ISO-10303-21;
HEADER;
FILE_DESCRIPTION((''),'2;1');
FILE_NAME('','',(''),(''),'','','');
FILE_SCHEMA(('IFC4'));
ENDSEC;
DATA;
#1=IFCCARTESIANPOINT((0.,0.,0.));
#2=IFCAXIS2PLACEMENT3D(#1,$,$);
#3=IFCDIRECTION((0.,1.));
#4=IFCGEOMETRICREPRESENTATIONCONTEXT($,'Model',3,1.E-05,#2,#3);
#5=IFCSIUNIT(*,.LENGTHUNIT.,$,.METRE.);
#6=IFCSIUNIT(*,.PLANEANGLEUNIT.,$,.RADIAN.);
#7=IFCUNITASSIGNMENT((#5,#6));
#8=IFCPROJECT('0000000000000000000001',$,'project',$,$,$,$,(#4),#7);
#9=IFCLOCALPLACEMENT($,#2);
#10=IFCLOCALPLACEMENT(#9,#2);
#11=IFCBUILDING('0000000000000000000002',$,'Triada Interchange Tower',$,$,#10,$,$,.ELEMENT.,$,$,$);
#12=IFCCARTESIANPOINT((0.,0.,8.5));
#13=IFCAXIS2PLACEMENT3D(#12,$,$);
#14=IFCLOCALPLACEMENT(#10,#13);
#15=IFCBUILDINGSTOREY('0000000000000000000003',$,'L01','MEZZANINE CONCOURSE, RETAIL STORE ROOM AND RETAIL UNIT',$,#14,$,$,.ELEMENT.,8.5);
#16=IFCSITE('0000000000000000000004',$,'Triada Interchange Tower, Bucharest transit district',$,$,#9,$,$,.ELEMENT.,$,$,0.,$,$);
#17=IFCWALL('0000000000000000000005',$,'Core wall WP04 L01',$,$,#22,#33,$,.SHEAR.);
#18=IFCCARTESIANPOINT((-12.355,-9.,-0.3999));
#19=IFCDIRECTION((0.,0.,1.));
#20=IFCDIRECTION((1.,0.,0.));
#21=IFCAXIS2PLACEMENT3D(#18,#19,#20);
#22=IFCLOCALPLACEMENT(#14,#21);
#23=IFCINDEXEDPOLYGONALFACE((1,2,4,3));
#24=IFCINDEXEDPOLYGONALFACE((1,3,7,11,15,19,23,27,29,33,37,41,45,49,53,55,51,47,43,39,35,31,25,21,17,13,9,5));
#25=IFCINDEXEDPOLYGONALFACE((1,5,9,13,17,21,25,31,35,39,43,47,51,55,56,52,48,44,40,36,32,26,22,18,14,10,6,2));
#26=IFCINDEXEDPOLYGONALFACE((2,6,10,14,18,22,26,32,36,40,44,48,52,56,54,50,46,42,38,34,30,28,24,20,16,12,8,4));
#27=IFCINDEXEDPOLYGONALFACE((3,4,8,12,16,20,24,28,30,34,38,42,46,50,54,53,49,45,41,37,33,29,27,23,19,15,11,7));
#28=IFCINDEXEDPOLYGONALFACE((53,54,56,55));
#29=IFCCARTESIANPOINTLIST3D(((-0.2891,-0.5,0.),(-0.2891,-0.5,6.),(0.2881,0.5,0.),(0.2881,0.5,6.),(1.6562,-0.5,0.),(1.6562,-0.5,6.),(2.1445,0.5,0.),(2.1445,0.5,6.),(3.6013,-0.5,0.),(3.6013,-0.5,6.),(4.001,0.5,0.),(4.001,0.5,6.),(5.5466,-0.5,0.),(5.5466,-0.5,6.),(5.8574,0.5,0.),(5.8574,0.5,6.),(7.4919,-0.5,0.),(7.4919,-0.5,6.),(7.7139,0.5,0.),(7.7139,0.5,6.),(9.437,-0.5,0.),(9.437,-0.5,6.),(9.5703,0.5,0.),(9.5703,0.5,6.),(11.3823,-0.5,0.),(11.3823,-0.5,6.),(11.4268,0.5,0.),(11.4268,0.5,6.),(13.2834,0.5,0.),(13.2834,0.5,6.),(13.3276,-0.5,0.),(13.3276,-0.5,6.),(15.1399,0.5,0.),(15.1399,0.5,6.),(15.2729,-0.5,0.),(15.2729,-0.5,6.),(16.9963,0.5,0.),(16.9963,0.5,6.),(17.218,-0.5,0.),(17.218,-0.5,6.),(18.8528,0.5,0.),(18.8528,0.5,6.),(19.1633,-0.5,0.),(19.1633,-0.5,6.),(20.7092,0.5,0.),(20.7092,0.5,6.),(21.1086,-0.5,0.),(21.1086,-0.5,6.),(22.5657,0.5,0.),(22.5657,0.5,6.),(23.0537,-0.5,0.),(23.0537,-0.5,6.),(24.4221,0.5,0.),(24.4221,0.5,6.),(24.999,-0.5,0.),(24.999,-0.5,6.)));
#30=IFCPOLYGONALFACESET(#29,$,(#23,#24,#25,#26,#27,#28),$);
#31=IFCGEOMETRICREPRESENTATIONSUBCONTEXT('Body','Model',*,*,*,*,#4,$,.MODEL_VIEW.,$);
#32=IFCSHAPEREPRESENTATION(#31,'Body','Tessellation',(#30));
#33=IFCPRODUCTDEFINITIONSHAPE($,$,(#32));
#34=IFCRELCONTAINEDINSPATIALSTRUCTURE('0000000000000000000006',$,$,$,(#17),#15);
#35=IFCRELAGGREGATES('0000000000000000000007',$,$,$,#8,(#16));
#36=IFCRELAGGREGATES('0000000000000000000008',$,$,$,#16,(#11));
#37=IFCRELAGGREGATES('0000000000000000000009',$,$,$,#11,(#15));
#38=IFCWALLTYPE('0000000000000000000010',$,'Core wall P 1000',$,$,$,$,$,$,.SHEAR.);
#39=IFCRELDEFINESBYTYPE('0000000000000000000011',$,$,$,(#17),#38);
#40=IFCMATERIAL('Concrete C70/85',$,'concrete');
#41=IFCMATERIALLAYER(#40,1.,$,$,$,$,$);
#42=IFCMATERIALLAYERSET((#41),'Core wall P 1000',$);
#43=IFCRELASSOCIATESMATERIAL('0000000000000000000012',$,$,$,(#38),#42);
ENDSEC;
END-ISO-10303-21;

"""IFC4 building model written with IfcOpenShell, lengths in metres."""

from ifc_helpers import new_model, si_unit, direction, frame, origin, place, context, subcontext, project, spatial, polyline, outline, extrude, material, layer, layer_set, type_object, element, save


model = new_model("IFC4")

# Units and contexts
model_context = context("Model", 3, precision=1e-05, world=origin(), true_north=direction((0.0, 1.0)))
body_context = subcontext(model_context, "Body", "Model", "MODEL_VIEW")
ifc_project = project(units=[si_unit("LENGTHUNIT", "METRE"), si_unit("PLANEANGLEUNIT", "RADIAN")], contexts=[model_context])

# Site, building, storey
site_placement = place(None, origin())
site = spatial("IfcSite", under=ifc_project, at=site_placement, Name="Triada Interchange Tower, Bucharest transit district", CompositionType="ELEMENT", RefElevation=0.0)
building_placement = place(site_placement, origin())
building = spatial("IfcBuilding", under=site, at=building_placement, Name="Triada Interchange Tower", CompositionType="ELEMENT")
storey_placement = place(building_placement, frame((0.0, 0.0, 8.5)))
storey = spatial("IfcBuildingStorey", under=building, at=storey_placement, Name="L01", Description="MEZZANINE CONCOURSE, RETAIL STORE ROOM AND RETAIL UNIT", CompositionType="ELEMENT", Elevation=8.5)

# Shared definitions
ifc_material_1 = material(Name="Concrete C70/85", Category="concrete")
ifc_layer_1 = layer(ifc_material_1, 1.0)
ifc_layer_set_1 = layer_set([ifc_layer_1], Name="Core wall P 1000")
wall_type_1 = type_object("IfcWallType", Name="Core wall P 1000", PredefinedType="SHEAR", material=ifc_layer_set_1)

# Wall
wall_1_placement = place(storey_placement, frame((-12.355, -9.0, -0.3999), z_axis=(0.0, 0.0, 1.0), x_axis=(1.0, 0.0, 0.0)))
element("IfcWall", 1, at=wall_1_placement, inside=storey, type_object=wall_type_1, Name="Core wall WP04 L01", PredefinedType="SHEAR", context=body_context, shape_type="SweptSolid", body=[
    extrude(outline(polyline([(-0.2891, -0.5), (1.6562, -0.5), (3.6013, -0.5), (5.5466, -0.5), (7.4919, -0.5), (9.437, -0.5), (11.3823, -0.5), (13.3276, -0.5), (15.2729, -0.5), (17.218, -0.5), (19.1633, -0.5), (21.1086, -0.5), (23.0537, -0.5), (24.999, -0.5), (24.4221, 0.5), (22.5657, 0.5), (20.7092, 0.5), (18.8528, 0.5), (16.9963, 0.5), (15.1399, 0.5), (13.2834, 0.5), (11.4268, 0.5), (9.5703, 0.5), (7.7139, 0.5), (5.8574, 0.5), (4.001, 0.5), (2.1445, 0.5), (0.2881, 0.5), (-0.2891, -0.5)])), origin(), (0.0, 0.0, 1.0), 6.0),
])

save(model, "model.ifc")
